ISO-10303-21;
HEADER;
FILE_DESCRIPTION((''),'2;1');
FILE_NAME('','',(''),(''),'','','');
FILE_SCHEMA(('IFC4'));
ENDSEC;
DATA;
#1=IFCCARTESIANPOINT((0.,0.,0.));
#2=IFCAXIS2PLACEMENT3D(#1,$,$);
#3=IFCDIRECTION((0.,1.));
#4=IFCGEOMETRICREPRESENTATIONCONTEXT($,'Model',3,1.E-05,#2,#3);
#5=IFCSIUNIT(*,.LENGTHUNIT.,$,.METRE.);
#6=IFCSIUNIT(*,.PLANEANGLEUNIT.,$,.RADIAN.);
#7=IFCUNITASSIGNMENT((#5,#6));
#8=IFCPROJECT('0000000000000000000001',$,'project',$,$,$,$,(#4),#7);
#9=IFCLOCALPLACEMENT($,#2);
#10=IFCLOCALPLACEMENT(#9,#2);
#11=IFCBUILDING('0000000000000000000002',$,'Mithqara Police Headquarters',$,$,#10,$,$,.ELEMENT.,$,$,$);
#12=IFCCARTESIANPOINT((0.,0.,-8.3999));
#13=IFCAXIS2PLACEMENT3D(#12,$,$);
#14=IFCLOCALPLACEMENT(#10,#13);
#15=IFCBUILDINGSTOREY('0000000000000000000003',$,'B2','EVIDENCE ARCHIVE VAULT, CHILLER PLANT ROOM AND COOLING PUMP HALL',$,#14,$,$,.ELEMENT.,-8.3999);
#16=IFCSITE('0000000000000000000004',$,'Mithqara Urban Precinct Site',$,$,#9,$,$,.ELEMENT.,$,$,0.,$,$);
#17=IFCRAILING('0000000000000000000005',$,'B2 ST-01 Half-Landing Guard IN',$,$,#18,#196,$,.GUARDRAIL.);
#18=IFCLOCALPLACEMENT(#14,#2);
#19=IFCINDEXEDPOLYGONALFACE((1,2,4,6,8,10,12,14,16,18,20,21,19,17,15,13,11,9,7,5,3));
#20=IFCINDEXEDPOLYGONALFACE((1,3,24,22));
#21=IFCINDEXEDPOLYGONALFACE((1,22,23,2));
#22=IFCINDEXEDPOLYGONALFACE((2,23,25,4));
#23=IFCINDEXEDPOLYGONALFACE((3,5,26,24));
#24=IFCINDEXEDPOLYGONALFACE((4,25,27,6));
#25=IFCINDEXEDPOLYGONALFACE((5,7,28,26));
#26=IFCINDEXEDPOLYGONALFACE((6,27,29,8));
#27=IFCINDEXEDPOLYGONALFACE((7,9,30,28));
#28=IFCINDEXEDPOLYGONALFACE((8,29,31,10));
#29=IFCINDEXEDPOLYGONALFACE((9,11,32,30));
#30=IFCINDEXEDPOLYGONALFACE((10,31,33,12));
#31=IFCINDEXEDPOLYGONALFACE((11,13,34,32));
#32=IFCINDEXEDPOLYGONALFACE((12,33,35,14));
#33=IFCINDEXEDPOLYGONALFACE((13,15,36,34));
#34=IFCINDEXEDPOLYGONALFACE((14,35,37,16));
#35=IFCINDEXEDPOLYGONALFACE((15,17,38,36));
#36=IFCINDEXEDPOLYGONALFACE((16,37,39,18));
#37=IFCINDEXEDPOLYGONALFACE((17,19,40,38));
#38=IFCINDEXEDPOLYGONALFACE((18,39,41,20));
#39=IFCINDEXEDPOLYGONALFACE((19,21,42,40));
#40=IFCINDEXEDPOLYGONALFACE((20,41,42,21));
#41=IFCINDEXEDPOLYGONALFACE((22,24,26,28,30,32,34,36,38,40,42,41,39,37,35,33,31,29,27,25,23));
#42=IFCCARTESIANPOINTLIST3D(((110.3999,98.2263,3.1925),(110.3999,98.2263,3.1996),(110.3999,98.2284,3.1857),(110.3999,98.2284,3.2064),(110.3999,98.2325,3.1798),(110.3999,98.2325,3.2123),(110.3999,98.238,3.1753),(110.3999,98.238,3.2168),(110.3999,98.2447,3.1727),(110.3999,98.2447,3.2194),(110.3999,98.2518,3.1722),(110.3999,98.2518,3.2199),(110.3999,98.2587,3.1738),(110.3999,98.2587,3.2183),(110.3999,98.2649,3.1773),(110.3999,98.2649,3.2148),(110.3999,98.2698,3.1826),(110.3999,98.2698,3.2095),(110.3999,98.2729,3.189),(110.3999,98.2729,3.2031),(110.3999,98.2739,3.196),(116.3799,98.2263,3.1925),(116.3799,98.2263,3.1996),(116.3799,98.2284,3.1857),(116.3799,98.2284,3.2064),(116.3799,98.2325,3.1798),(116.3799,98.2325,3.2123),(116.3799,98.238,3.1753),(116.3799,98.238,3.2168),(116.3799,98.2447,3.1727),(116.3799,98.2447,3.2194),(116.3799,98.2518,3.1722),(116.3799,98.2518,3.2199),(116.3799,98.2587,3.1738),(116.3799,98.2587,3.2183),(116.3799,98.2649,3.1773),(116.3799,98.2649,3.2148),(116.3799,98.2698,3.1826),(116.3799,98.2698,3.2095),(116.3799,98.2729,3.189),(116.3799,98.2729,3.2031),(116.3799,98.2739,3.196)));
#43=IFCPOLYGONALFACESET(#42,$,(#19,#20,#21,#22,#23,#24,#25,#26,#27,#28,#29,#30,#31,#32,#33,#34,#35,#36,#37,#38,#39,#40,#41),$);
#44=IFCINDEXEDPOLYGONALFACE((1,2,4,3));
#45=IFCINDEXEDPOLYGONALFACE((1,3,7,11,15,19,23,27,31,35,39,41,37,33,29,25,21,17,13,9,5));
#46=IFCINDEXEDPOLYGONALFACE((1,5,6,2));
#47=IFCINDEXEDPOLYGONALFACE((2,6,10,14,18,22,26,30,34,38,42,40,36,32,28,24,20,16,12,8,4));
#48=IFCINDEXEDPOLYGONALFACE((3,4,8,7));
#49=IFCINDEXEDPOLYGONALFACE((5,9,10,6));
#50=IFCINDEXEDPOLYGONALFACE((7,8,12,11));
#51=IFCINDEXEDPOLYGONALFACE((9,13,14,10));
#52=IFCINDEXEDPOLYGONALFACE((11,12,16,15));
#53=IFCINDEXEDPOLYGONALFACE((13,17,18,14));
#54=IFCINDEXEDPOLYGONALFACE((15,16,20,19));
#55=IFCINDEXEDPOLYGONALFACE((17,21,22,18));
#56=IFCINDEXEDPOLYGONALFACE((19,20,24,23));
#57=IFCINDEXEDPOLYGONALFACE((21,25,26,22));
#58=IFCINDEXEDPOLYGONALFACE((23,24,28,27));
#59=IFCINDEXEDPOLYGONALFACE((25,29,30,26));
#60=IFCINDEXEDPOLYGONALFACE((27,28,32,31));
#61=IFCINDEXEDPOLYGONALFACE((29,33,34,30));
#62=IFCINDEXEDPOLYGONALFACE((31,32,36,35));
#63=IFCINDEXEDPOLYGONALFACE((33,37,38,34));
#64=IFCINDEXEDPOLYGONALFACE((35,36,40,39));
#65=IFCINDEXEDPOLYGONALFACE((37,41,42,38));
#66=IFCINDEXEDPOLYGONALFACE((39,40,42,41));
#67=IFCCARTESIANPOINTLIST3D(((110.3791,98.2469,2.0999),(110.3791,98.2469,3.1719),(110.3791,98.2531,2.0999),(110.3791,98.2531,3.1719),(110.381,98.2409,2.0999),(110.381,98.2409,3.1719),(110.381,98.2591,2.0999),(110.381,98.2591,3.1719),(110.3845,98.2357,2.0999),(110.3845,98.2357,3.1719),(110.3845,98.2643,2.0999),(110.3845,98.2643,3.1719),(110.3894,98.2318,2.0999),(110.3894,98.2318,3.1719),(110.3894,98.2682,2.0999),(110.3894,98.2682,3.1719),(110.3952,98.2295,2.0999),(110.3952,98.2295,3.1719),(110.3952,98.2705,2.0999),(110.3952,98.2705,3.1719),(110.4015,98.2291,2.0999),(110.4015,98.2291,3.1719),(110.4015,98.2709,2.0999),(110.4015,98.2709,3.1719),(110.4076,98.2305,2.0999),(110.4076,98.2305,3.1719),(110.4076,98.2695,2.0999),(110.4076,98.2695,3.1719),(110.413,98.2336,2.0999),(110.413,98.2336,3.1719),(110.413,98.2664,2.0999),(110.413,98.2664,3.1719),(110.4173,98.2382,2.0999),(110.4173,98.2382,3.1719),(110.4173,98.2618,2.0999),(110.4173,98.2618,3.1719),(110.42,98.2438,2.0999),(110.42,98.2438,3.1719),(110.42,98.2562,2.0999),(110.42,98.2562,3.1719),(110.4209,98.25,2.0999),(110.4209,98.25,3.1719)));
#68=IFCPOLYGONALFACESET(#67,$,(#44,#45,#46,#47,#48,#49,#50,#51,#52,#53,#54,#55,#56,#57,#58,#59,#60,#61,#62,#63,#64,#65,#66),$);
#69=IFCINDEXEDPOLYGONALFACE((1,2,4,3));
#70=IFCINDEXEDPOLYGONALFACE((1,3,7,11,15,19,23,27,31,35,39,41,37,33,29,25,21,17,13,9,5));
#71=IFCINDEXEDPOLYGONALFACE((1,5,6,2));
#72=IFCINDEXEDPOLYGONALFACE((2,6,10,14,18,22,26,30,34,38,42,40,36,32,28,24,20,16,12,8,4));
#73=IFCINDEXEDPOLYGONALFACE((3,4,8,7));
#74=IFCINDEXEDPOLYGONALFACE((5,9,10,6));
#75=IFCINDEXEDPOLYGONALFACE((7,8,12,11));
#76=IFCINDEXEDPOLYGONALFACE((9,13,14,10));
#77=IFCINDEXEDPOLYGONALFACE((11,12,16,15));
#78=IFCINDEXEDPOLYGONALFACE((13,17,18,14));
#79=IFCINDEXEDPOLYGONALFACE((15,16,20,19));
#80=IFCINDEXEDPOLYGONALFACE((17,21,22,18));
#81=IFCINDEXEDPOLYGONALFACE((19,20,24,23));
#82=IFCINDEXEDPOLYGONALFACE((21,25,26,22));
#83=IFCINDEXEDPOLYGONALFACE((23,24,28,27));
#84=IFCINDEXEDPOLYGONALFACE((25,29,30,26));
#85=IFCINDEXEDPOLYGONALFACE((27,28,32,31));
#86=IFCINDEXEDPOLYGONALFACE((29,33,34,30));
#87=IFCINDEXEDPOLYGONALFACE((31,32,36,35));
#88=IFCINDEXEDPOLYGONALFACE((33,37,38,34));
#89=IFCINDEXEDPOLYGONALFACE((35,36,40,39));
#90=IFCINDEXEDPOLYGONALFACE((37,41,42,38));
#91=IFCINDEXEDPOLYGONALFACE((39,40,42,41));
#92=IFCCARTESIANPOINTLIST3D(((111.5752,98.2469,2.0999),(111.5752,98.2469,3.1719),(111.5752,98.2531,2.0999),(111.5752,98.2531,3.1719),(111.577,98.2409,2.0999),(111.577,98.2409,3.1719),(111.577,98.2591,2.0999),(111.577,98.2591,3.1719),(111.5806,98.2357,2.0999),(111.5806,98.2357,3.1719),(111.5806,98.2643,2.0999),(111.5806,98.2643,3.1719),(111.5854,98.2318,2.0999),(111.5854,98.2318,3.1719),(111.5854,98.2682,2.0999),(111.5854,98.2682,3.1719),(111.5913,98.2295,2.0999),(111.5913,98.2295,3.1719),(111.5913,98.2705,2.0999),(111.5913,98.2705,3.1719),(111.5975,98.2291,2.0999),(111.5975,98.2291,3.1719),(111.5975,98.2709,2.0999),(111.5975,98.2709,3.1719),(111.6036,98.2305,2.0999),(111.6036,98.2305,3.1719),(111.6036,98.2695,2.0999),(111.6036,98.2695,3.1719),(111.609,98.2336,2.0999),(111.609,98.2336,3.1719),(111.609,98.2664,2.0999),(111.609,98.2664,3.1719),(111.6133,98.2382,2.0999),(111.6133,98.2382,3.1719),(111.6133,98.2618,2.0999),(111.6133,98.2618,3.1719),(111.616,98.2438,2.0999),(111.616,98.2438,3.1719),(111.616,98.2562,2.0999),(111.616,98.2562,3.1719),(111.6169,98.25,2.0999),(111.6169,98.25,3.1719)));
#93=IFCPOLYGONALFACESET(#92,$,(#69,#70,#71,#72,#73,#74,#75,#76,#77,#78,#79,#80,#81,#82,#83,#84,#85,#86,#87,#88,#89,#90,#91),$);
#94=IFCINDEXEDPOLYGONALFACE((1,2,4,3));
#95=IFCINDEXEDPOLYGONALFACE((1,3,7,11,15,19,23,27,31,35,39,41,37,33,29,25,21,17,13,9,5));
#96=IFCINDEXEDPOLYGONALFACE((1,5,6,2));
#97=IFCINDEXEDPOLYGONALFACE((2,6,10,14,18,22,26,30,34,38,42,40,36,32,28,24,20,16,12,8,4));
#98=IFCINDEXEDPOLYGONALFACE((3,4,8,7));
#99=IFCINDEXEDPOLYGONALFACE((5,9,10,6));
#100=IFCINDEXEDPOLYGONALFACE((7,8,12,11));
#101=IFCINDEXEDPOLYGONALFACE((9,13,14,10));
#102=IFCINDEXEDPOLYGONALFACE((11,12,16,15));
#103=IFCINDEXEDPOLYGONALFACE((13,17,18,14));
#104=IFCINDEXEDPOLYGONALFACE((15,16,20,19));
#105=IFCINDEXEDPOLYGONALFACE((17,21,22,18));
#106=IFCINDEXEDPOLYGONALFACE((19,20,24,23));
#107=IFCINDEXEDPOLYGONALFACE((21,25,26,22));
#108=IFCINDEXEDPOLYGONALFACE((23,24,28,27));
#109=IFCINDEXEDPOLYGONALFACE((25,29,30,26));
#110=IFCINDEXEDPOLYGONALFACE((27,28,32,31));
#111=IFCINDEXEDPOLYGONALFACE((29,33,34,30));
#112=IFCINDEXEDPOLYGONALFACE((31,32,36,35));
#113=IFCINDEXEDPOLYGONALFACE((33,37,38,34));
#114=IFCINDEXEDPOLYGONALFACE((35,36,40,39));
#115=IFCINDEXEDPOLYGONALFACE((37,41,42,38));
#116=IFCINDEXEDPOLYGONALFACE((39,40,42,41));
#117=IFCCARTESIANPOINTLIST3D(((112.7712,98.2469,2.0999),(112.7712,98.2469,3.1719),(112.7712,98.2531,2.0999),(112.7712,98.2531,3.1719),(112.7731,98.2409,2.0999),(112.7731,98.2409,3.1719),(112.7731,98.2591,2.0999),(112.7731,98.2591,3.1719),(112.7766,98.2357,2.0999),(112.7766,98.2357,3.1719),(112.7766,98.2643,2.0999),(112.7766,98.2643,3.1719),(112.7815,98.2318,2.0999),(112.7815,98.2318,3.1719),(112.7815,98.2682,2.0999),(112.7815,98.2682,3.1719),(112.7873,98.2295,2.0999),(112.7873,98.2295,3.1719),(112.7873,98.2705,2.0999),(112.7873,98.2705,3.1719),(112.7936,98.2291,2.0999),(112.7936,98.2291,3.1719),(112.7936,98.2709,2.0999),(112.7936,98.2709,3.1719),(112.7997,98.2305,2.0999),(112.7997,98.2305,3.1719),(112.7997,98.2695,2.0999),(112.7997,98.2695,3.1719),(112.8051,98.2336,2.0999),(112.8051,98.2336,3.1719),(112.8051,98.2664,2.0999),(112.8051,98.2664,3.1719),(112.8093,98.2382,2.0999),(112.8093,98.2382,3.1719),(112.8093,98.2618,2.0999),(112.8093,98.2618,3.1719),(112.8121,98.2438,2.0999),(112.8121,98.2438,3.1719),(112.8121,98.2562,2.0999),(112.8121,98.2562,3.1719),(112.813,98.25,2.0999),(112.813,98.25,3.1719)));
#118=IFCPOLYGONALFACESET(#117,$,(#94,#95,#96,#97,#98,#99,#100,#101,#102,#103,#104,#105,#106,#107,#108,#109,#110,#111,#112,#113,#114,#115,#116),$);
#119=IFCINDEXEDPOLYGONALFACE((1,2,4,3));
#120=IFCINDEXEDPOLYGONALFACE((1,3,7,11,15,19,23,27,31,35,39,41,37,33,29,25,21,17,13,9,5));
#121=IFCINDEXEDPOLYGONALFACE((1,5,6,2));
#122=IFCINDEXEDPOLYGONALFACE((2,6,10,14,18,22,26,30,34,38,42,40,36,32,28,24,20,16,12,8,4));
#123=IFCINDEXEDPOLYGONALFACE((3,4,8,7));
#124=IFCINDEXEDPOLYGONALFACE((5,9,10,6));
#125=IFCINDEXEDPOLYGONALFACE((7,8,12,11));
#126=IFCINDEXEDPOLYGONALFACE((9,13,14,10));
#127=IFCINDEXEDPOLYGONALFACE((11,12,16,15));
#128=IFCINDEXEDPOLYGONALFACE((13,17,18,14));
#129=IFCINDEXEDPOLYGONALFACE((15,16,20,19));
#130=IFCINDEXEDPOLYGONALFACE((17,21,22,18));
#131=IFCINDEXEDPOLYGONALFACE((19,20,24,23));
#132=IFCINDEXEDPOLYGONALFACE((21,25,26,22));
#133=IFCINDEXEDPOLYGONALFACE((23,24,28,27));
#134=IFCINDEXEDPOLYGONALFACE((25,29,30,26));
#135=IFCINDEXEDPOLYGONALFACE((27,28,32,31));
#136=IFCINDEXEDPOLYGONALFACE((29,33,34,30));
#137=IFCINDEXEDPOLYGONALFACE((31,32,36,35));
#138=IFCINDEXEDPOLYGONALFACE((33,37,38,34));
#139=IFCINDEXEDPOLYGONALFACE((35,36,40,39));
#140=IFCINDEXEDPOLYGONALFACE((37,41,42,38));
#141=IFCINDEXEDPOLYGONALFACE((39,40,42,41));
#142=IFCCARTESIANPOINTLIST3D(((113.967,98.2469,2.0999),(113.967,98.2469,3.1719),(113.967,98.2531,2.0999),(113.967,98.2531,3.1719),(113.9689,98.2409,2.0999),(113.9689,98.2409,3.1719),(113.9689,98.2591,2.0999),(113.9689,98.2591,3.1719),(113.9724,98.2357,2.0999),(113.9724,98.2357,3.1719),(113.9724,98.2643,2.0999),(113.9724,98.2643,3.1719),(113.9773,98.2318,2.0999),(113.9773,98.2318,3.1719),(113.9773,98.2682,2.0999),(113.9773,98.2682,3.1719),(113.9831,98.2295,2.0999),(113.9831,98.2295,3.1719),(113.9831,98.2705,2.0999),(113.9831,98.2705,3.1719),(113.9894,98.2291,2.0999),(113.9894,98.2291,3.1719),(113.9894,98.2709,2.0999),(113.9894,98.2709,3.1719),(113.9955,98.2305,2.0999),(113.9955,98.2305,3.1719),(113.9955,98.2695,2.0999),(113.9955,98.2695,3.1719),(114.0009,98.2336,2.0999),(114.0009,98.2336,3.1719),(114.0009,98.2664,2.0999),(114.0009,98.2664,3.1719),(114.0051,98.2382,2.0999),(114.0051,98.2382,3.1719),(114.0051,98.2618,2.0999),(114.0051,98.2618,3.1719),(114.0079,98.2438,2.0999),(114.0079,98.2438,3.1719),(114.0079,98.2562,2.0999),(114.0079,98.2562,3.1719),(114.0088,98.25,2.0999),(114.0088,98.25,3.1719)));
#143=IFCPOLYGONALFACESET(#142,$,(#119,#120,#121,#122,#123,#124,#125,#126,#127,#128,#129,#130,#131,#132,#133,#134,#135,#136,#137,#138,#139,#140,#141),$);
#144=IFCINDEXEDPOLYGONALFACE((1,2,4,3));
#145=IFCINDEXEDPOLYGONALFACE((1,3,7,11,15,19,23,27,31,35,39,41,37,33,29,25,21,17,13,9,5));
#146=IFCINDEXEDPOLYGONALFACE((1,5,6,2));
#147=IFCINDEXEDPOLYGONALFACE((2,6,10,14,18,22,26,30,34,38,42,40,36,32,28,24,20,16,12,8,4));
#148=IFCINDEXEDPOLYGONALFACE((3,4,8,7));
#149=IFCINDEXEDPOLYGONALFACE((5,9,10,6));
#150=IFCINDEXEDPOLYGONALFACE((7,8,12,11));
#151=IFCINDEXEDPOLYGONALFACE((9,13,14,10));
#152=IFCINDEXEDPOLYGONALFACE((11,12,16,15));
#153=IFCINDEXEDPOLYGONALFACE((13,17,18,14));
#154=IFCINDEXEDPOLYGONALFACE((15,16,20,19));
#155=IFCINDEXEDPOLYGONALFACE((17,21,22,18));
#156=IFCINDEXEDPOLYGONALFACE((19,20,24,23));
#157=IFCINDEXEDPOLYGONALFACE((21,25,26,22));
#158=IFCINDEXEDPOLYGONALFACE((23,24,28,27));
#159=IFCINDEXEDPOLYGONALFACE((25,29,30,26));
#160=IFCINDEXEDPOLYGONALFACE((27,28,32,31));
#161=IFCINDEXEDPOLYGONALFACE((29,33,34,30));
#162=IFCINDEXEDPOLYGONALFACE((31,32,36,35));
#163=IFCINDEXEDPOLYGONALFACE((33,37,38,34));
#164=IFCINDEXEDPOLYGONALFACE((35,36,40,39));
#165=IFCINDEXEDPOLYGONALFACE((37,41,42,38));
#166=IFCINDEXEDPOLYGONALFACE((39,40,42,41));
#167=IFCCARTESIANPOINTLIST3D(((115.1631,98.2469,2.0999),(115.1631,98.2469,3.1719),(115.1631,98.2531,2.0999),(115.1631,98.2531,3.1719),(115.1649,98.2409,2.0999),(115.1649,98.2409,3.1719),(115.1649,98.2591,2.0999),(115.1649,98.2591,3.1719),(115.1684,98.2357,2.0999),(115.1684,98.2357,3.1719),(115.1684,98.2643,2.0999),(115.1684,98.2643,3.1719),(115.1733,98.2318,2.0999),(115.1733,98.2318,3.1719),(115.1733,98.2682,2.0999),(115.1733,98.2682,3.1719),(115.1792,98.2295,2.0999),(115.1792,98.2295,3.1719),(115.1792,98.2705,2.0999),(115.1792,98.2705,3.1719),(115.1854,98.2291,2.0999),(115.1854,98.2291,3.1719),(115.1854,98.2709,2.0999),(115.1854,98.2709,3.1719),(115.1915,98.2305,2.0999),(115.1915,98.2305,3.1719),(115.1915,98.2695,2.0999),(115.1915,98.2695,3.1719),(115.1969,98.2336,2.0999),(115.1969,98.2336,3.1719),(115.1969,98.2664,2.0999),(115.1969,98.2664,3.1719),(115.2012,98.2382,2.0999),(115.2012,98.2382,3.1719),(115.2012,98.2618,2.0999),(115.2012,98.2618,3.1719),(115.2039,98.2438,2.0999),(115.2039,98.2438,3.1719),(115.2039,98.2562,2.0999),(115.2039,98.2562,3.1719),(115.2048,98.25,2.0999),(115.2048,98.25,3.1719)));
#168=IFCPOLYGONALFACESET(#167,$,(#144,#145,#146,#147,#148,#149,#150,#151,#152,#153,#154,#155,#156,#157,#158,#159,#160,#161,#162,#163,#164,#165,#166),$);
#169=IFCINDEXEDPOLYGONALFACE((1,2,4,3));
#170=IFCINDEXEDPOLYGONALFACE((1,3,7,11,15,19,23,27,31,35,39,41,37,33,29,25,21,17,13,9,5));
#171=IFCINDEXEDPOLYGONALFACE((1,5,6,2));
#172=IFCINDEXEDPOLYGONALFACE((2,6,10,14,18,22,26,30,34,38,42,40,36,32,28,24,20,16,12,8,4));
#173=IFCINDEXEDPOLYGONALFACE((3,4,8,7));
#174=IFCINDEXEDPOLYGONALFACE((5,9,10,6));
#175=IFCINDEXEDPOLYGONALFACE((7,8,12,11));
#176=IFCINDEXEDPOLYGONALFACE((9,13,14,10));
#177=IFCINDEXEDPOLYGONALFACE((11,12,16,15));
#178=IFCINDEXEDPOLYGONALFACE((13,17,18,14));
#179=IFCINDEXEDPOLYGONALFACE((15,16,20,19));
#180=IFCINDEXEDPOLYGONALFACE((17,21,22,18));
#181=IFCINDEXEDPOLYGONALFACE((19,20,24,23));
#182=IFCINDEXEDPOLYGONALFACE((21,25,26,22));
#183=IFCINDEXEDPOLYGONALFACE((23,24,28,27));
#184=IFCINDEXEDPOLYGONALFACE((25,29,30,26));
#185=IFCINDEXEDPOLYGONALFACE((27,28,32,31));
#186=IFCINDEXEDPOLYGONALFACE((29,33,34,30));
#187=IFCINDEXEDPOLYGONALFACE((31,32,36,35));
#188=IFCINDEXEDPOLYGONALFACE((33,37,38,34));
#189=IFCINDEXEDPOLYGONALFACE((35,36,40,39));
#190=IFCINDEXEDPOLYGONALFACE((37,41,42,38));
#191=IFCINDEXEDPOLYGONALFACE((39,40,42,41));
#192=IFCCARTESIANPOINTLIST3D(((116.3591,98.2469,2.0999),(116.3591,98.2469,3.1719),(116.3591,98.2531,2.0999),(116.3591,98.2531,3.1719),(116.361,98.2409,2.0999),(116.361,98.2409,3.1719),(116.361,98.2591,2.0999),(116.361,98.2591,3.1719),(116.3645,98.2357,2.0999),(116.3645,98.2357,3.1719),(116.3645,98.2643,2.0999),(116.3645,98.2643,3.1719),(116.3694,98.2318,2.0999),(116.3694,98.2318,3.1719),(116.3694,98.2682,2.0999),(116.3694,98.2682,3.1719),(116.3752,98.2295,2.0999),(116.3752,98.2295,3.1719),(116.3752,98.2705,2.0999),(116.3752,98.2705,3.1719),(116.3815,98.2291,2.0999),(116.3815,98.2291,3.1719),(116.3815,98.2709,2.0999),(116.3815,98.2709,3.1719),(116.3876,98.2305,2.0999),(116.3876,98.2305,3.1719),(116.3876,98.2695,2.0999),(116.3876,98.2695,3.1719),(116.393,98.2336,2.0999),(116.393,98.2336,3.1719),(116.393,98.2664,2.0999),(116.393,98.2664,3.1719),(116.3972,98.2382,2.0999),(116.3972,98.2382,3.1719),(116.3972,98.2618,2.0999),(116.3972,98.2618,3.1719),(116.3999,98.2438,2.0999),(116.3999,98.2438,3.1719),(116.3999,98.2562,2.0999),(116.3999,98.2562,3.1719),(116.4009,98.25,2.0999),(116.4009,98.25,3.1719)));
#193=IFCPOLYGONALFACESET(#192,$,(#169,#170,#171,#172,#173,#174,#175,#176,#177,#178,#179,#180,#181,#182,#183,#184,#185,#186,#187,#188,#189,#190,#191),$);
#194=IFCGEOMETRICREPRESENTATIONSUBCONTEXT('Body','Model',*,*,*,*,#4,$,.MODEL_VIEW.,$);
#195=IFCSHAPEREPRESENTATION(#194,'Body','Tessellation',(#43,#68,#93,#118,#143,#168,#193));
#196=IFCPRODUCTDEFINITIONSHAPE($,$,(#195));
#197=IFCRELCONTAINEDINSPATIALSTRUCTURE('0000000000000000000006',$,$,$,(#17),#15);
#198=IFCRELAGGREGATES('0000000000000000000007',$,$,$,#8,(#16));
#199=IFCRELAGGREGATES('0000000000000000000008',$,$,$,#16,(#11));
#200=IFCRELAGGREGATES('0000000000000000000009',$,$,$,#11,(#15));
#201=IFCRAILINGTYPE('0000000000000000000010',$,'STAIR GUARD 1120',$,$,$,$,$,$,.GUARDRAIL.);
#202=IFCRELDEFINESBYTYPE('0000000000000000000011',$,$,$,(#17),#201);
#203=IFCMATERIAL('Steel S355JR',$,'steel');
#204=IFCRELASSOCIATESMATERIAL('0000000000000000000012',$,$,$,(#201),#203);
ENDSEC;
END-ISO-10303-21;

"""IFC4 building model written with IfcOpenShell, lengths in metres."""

from ifc_helpers import new_model, si_unit, direction, frame, origin, origin_2d, place, context, subcontext, project, spatial, circle, extrude, material, type_object, element, save


model = new_model("IFC4")

# Units and contexts
model_context = context("Model", 3, precision=1e-05, world=origin(), true_north=direction((0.0, 1.0)))
body_context = subcontext(model_context, "Body", "Model", "MODEL_VIEW")
ifc_project = project(units=[si_unit("LENGTHUNIT", "METRE"), si_unit("PLANEANGLEUNIT", "RADIAN")], contexts=[model_context])

# Site, building, storey
site_placement = place(None, origin())
site = spatial("IfcSite", under=ifc_project, at=site_placement, Name="Mithqara Urban Precinct Site", CompositionType="ELEMENT", RefElevation=0.0)
building_placement = place(site_placement, origin())
building = spatial("IfcBuilding", under=site, at=building_placement, Name="Mithqara Police Headquarters", CompositionType="ELEMENT")
storey_placement = place(building_placement, frame((0.0, 0.0, -8.3999)))
storey = spatial("IfcBuildingStorey", under=building, at=storey_placement, Name="B2", Description="EVIDENCE ARCHIVE VAULT, CHILLER PLANT ROOM AND COOLING PUMP HALL", CompositionType="ELEMENT", Elevation=-8.3999)

# Shared definitions
ifc_material_1 = material(Name="Steel S355JR", Category="steel")

# Railing
railing_type_1 = type_object("IfcRailingType", Name="STAIR GUARD 1120", PredefinedType="GUARDRAIL", material=ifc_material_1)
railing_1_placement = place(storey_placement, frame((110.3999, 98.25, 2.0999)))
element("IfcRailing", 1, at=railing_1_placement, inside=storey, type_object=railing_type_1, Name="B2 ST-01 Half-Landing Guard IN", PredefinedType="GUARDRAIL", context=body_context, shape_type="SweptSolid", body=[
    extrude(circle(Radius=0.0239, at=origin_2d()), frame((0.0, 0.0, 1.0962), z_axis=(1.0, 0.0, 0.0), x_axis=(0.0, 1.0, 0.0)), (0.0, 0.0, 1.0), 5.98),
    extrude(circle(Radius=0.021, at=origin_2d()), origin(), (0.0, 0.0, 1.0), 1.072),
    extrude(circle(Radius=0.021, at=origin_2d()), frame((1.196, 0.0, 0.0)), (0.0, 0.0, 1.0), 1.072),
    extrude(circle(Radius=0.021, at=origin_2d()), frame((2.3921, 0.0, 0.0)), (0.0, 0.0, 1.0), 1.072),
    extrude(circle(Radius=0.021, at=origin_2d()), frame((3.5879, 0.0, 0.0)), (0.0, 0.0, 1.0), 1.072),
    extrude(circle(Radius=0.021, at=origin_2d()), frame((4.7839, 0.0, 0.0)), (0.0, 0.0, 1.0), 1.072),
    extrude(circle(Radius=0.021, at=origin_2d()), frame((5.98, 0.0, 0.0)), (0.0, 0.0, 1.0), 1.072),
])

save(model, "model.ifc")
